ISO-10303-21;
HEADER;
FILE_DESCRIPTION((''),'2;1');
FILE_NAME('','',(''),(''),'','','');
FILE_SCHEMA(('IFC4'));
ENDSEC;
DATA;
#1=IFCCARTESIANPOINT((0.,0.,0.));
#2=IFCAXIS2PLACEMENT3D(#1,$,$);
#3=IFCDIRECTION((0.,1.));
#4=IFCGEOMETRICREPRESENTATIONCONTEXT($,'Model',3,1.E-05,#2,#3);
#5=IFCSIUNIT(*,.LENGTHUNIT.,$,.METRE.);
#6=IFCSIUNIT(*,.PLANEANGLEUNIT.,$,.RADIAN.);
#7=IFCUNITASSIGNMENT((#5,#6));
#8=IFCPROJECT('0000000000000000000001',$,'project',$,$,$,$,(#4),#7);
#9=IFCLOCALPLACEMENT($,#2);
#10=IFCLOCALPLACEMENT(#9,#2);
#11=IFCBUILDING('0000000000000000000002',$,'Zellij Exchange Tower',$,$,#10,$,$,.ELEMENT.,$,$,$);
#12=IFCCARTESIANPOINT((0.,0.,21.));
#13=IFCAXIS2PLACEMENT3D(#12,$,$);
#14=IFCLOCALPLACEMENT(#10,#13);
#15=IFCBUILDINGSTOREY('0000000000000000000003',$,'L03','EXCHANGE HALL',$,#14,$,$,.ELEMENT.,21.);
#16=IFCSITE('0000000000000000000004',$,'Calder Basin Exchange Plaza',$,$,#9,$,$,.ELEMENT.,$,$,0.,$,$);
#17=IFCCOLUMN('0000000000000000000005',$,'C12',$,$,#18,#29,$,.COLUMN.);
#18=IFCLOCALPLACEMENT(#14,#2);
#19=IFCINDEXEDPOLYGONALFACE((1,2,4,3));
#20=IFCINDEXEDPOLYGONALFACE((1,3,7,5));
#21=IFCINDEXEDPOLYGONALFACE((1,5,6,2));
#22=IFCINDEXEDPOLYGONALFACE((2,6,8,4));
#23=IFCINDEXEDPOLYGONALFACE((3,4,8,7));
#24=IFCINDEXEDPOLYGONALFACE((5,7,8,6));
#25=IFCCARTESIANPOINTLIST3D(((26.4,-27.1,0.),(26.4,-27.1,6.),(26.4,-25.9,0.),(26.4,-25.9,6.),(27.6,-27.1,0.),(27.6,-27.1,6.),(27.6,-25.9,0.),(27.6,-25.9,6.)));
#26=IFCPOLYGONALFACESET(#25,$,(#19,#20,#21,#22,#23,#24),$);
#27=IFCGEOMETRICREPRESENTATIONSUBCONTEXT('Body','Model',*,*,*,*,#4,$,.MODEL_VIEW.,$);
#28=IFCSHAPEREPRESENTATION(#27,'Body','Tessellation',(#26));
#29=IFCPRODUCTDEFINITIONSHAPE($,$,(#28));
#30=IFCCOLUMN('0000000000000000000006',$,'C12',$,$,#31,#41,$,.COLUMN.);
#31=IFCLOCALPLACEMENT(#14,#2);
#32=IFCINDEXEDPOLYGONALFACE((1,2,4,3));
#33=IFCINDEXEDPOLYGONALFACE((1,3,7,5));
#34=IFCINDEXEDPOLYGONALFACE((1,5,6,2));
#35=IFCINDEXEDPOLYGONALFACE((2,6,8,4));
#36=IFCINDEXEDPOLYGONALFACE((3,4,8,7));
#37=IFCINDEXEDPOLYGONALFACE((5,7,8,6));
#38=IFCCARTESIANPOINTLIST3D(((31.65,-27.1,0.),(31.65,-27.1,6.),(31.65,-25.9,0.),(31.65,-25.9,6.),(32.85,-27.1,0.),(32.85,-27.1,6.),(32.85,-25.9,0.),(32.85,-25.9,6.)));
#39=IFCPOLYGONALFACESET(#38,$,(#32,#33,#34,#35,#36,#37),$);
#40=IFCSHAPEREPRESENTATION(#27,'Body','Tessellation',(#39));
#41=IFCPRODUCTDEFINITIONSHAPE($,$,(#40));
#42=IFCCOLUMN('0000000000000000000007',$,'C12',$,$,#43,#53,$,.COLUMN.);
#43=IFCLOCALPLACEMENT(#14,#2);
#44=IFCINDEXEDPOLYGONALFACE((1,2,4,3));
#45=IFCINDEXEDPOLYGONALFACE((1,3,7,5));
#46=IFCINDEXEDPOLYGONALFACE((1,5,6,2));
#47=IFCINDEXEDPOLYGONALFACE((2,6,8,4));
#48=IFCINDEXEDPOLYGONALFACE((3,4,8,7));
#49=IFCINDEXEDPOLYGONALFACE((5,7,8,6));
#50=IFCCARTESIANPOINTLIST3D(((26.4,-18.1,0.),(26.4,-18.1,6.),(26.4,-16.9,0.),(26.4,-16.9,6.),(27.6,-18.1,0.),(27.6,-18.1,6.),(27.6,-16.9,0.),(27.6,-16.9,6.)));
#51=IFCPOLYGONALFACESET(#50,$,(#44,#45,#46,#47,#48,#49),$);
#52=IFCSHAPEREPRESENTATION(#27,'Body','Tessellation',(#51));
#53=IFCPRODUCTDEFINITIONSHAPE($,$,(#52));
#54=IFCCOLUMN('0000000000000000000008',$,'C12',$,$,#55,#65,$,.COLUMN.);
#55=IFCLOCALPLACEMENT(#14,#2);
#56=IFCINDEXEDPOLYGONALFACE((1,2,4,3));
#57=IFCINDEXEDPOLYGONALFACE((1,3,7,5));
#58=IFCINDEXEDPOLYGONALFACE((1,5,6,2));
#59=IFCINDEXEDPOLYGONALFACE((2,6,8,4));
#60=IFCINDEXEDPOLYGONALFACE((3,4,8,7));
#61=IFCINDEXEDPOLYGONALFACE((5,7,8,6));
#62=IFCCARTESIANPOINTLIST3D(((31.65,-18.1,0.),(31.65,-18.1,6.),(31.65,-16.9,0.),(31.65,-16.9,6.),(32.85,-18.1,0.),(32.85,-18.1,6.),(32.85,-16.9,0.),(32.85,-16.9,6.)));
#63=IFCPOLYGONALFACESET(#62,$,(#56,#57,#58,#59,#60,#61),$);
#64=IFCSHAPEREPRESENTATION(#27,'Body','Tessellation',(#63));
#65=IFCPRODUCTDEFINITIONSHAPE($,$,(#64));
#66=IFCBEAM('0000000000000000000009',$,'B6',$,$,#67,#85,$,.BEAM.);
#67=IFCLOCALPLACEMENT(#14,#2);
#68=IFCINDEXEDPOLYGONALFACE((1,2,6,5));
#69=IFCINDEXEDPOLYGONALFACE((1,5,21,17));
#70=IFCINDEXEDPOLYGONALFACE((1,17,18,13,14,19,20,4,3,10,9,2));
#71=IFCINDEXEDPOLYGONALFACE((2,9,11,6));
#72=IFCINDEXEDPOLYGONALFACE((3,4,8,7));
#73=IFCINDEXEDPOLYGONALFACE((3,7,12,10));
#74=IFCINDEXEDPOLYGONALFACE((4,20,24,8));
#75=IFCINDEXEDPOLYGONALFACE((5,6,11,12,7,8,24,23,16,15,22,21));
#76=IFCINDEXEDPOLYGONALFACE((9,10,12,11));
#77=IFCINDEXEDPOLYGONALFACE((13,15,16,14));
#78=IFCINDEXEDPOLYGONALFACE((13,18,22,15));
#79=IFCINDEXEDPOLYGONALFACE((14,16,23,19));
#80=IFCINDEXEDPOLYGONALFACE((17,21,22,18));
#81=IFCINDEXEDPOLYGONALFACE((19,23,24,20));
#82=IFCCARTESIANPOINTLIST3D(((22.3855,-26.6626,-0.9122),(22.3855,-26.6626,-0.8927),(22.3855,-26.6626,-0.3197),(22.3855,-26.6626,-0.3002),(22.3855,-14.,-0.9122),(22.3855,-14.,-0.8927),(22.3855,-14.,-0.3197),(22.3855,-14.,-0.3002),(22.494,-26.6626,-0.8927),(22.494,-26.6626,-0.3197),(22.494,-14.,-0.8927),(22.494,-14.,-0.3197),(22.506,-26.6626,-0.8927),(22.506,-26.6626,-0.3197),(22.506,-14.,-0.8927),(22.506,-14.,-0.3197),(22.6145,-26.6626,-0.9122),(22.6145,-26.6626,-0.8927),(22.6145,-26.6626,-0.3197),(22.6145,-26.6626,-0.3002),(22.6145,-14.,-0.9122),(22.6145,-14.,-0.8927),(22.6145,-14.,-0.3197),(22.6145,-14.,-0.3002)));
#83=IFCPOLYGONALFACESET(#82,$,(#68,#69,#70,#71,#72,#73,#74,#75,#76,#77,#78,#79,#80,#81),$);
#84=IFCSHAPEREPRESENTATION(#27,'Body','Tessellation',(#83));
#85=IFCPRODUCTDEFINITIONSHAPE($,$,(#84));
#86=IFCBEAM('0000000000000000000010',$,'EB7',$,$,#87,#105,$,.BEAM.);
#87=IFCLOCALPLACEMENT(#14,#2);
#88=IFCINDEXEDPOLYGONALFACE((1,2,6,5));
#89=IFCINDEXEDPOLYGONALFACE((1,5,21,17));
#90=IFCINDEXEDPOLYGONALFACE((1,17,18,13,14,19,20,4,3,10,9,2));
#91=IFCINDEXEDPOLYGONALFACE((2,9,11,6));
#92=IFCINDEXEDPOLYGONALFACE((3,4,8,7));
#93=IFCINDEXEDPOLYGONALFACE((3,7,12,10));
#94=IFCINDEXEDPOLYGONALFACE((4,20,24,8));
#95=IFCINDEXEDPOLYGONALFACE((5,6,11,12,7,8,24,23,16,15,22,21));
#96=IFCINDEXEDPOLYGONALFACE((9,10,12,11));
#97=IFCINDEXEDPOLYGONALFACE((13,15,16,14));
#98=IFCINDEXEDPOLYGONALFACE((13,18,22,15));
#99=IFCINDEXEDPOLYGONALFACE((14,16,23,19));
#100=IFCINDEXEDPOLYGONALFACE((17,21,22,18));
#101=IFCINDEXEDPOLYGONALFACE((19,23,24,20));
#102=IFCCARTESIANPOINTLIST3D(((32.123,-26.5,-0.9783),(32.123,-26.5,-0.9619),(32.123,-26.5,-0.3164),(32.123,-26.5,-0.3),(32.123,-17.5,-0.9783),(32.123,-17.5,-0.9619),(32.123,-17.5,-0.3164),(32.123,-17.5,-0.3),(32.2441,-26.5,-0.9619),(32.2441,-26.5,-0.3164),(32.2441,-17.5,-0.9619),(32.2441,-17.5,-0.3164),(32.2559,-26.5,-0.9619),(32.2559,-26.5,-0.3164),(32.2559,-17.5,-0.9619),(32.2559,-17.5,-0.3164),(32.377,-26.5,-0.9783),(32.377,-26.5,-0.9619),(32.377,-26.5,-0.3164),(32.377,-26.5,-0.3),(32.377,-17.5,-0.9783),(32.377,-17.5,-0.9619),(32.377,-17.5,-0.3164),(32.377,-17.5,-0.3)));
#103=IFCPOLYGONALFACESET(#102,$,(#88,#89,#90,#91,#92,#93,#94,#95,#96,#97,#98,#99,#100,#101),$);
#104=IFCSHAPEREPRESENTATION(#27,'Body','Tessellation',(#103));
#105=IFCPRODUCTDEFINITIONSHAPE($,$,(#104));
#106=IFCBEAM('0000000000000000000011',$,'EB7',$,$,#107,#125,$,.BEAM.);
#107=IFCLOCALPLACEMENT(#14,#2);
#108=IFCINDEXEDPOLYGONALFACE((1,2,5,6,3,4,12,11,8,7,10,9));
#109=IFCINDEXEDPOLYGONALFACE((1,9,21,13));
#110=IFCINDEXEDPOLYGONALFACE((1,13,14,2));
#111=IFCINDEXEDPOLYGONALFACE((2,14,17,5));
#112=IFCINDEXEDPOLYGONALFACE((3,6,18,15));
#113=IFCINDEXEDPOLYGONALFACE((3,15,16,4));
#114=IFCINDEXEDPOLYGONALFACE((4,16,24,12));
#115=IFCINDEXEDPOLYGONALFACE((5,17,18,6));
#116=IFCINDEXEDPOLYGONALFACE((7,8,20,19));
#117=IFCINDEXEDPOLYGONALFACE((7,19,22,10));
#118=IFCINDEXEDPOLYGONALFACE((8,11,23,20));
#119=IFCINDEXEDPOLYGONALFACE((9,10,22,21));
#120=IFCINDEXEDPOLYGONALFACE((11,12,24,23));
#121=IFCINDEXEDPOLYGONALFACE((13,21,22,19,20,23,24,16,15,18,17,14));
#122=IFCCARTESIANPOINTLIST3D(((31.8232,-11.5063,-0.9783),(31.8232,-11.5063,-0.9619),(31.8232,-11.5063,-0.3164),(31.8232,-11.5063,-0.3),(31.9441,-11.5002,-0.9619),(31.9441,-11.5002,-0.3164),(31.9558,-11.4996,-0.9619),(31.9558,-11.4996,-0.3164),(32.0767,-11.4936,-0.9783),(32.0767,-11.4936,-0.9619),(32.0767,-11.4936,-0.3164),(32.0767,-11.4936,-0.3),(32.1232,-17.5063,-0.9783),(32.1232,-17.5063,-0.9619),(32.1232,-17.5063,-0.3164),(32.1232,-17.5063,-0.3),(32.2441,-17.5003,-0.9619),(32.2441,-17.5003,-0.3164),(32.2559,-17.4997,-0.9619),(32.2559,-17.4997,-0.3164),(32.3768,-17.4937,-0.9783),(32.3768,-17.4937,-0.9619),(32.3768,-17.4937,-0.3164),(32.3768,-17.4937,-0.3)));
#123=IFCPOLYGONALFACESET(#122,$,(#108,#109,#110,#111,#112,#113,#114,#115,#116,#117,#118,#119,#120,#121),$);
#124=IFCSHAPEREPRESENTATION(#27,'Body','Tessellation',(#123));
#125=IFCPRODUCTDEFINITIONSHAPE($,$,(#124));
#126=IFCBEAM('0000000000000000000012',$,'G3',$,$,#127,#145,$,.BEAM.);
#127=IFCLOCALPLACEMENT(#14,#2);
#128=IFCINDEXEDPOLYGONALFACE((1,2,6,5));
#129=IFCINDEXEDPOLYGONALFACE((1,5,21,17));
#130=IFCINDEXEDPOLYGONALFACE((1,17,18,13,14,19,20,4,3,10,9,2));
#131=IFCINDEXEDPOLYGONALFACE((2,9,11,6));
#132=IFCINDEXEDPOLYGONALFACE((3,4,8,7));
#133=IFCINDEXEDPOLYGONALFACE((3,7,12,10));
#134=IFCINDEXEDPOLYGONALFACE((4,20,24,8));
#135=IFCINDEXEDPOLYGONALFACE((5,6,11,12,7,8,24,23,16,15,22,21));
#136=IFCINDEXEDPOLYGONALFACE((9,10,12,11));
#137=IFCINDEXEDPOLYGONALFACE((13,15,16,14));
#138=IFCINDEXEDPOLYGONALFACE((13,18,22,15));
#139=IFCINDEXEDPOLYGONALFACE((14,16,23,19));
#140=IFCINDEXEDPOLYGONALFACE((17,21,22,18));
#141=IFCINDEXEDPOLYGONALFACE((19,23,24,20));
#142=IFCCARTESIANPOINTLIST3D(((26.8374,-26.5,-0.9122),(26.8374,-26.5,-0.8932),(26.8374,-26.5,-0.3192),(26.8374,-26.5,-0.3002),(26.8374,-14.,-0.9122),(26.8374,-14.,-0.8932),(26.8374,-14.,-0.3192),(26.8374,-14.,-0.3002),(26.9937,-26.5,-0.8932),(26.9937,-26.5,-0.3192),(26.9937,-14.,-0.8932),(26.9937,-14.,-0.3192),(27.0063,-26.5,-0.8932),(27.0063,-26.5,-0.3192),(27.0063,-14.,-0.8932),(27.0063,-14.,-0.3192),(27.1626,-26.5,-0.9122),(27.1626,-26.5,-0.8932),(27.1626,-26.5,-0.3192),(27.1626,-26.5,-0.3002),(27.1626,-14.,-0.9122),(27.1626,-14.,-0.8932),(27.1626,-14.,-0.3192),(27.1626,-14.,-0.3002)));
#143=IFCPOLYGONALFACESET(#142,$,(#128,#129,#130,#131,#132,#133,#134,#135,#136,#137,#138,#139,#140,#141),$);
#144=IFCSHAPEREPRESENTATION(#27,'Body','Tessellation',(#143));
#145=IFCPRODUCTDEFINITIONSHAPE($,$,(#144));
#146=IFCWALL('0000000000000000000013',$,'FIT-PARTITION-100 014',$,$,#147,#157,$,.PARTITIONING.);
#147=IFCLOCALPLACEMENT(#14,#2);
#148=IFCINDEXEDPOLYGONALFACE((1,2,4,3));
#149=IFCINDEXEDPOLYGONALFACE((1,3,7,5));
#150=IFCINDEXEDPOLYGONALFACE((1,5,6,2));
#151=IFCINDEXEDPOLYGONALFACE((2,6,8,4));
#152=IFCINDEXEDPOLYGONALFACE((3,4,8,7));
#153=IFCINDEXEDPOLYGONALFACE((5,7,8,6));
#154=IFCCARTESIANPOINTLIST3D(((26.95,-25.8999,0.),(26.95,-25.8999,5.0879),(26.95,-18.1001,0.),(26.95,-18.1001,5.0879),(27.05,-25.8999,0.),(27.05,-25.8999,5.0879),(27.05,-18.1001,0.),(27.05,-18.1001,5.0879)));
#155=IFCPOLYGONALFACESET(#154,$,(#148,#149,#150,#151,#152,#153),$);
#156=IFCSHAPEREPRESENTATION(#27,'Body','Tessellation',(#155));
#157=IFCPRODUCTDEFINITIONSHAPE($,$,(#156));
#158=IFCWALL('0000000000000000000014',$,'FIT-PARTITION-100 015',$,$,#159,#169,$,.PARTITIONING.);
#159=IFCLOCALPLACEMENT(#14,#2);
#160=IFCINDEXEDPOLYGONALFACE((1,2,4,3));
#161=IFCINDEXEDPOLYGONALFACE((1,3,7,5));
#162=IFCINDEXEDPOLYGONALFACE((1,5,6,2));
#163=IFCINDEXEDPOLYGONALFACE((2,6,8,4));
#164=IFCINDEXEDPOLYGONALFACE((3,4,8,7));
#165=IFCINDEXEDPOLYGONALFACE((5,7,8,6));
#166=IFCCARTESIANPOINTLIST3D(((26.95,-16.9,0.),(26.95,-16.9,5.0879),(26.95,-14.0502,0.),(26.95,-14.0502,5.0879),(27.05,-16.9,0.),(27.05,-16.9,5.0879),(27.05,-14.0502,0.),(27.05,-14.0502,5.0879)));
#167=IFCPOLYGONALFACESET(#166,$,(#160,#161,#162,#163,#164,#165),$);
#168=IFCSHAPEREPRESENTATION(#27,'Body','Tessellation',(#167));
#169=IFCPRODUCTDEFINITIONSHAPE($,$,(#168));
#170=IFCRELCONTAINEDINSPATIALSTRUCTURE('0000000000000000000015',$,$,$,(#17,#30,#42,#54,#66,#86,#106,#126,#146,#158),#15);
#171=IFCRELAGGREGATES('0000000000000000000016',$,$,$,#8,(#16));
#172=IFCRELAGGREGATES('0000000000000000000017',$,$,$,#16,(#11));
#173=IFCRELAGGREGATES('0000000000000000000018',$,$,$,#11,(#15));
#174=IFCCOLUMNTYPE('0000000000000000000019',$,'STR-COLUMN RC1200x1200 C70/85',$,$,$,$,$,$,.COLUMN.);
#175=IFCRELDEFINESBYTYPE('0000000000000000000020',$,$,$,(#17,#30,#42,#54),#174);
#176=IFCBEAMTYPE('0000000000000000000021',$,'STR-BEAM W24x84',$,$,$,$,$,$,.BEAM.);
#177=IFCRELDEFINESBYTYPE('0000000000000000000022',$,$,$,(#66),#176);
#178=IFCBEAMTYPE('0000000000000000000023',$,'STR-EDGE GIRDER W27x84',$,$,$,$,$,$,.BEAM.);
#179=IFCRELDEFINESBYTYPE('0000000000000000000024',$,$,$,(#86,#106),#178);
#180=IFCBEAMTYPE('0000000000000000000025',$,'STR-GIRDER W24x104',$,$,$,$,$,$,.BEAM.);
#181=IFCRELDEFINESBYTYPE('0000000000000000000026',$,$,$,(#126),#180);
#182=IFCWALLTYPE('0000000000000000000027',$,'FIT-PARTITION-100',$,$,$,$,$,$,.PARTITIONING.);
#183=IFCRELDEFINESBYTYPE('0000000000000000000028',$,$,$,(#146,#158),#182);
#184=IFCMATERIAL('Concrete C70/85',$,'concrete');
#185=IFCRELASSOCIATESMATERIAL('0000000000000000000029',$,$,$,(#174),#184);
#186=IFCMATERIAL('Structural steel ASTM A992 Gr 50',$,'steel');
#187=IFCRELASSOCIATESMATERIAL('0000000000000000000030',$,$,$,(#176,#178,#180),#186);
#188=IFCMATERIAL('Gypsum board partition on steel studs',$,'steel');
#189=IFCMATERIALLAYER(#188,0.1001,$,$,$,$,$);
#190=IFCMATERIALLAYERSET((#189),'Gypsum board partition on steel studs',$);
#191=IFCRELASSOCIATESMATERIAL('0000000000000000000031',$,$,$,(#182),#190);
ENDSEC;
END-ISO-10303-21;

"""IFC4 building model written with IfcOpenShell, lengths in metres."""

from ifc_helpers import new_model, si_unit, direction, frame, frame_2d, origin, origin_2d, place, context, subcontext, project, spatial, rectangle, i_section, extrude, material, layer, layer_set, material_profile, profile_set, type_object, element, save


model = new_model("IFC4")

# Units and contexts
model_context = context("Model", 3, precision=1e-05, world=origin(), true_north=direction((0.0, 1.0)))
body_context = subcontext(model_context, "Body", "Model", "MODEL_VIEW")
ifc_project = project(units=[si_unit("LENGTHUNIT", "METRE"), si_unit("PLANEANGLEUNIT", "RADIAN")], contexts=[model_context])

# Site, building, storey
site_placement = place(None, origin())
site = spatial("IfcSite", under=ifc_project, at=site_placement, Name="Calder Basin Exchange Plaza", CompositionType="ELEMENT", RefElevation=0.0)
building_placement = place(site_placement, origin())
building = spatial("IfcBuilding", under=site, at=building_placement, Name="Zellij Exchange Tower", CompositionType="ELEMENT")
storey_placement = place(building_placement, frame((0.0, 0.0, 21.0)))
storey = spatial("IfcBuildingStorey", under=building, at=storey_placement, Name="L03", Description="EXCHANGE HALL", CompositionType="ELEMENT", Elevation=21.0)

# Columns
ifc_material_1 = material(Name="Concrete C70/85", Category="concrete")
ifc_material_profile_1 = material_profile(ifc_material_1, rectangle(XDim=1.2, YDim=1.2, at=origin_2d()), Name="STR-COLUMN RC1200x1200 C70/85")
ifc_profile_set_1 = profile_set([ifc_material_profile_1], Name="Concrete C70/85")
column_type = type_object("IfcColumnType", Name="STR-COLUMN RC1200x1200 C70/85", PredefinedType="COLUMN", material=ifc_profile_set_1)
for number, where, z_axis, x_axis, name in (
    (1, (27.0, -26.5, 0.0), (0.0, 0.0, 1.0), (1.0, 0.0, 0.0), "C12"),
    (2, (32.25, -26.5, 0.0), (0.0, 0.0, 1.0), (1.0, 0.0, 0.0), "C12"),
    (3, (27.0, -17.5, 0.0), (0.0, 0.0, 1.0), (1.0, 0.0, 0.0), "C12"),
    (4, (32.25, -17.5, 0.0), (0.0, 0.0, 1.0), (1.0, 0.0, 0.0), "C12"),
):
    element("IfcColumn", number, at=place(storey_placement, frame(where, z_axis=z_axis, x_axis=x_axis)), inside=storey, type_object=column_type, Name=name, PredefinedType="COLUMN", context=body_context, shape_type="SweptSolid", body=[
        extrude(rectangle(XDim=1.2, YDim=1.2, at=origin_2d()), origin(), (0.0, 0.0, 1.0), 6.0),
    ])

# Beams
ifc_material_2 = material(Name="Structural steel ASTM A992 Gr 50", Category="steel")
ifc_material_profile_2 = material_profile(ifc_material_2, i_section(OverallWidth=0.229, OverallDepth=0.6121, WebThickness=0.012, FlangeThickness=0.0195, at=origin_2d()), Name="W24x84")
ifc_profile_set_2 = profile_set([ifc_material_profile_2], Name="Structural steel ASTM A992 Gr 50")
beam_type_1 = type_object("IfcBeamType", Name="STR-BEAM W24x84", PredefinedType="BEAM", material=ifc_profile_set_2)
beam_1_placement = place(storey_placement, frame((22.5, -26.6626, -0.6062), z_axis=(0.0, 1.0, 0.0), x_axis=(-1.0, 0.0, 0.0)))
element("IfcBeam", 5, at=beam_1_placement, inside=storey, type_object=beam_type_1, Name="B6", PredefinedType="BEAM", context=body_context, shape_type="SweptSolid", body=[
    extrude(i_section(OverallWidth=0.229, OverallDepth=0.6121, WebThickness=0.012, FlangeThickness=0.0195, at=origin_2d()), origin(), (0.0, 0.0, 1.0), 12.6626),
])
ifc_material_profile_3 = material_profile(ifc_material_2, i_section(OverallWidth=0.2539, OverallDepth=0.6782, WebThickness=0.0117, FlangeThickness=0.0164, at=origin_2d()), Name="W27x84")
ifc_profile_set_3 = profile_set([ifc_material_profile_3], Name="Structural steel ASTM A992 Gr 50")
beam_type_2 = type_object("IfcBeamType", Name="STR-EDGE GIRDER W27x84", PredefinedType="BEAM", material=ifc_profile_set_3)
beam_2_placement = place(storey_placement, frame((32.25, -26.5, -0.6392), z_axis=(0.0, 1.0, 0.0), x_axis=(-1.0, 0.0, 0.0)))
element("IfcBeam", 6, at=beam_2_placement, inside=storey, type_object=beam_type_2, Name="EB7", PredefinedType="BEAM", context=body_context, shape_type="SweptSolid", body=[
    extrude(i_section(OverallWidth=0.2539, OverallDepth=0.6782, WebThickness=0.0117, FlangeThickness=0.0164, at=origin_2d()), origin(), (0.0, 0.0, 1.0), 9.0),
])
beam_3_placement = place(storey_placement, frame((32.25, -17.5, -0.6392), z_axis=(-0.049946, 0.998752, 0.0), x_axis=(-0.998752, -0.049946, 0.0)))
element("IfcBeam", 7, at=beam_3_placement, inside=storey, type_object=beam_type_2, Name="EB7", PredefinedType="BEAM", context=body_context, shape_type="SweptSolid", body=[
    extrude(i_section(OverallWidth=0.2539, OverallDepth=0.6782, WebThickness=0.0117, FlangeThickness=0.0164, at=origin_2d()), origin(), (0.0, 0.0, 1.0), 6.0076),
])
ifc_material_profile_4 = material_profile(ifc_material_2, i_section(OverallWidth=0.3252, OverallDepth=0.6121, WebThickness=0.0127, FlangeThickness=0.019, at=origin_2d()), Name="W24x104")
ifc_profile_set_4 = profile_set([ifc_material_profile_4], Name="Structural steel ASTM A992 Gr 50")
beam_type_3 = type_object("IfcBeamType", Name="STR-GIRDER W24x104", PredefinedType="BEAM", material=ifc_profile_set_4)
beam_4_placement = place(storey_placement, frame((27.0, -26.5, -0.6062), z_axis=(0.0, 1.0, 0.0), x_axis=(-1.0, 0.0, 0.0)))
element("IfcBeam", 8, at=beam_4_placement, inside=storey, type_object=beam_type_3, Name="G3", PredefinedType="BEAM", context=body_context, shape_type="SweptSolid", body=[
    extrude(i_section(OverallWidth=0.3252, OverallDepth=0.6121, WebThickness=0.0127, FlangeThickness=0.019, at=origin_2d()), origin(), (0.0, 0.0, 1.0), 12.5),
])

# Walls
ifc_material_3 = material(Name="Gypsum board partition on steel studs", Category="steel")
ifc_layer_1 = layer(ifc_material_3, 0.1001)
ifc_layer_set_1 = layer_set([ifc_layer_1], Name="Gypsum board partition on steel studs")
wall_type = type_object("IfcWallType", Name="FIT-PARTITION-100", PredefinedType="PARTITIONING", material=ifc_layer_set_1)
wall_1_placement = place(storey_placement, frame((27.0, -25.8999, 0.0), z_axis=(0.0, 0.0, 1.0), x_axis=(0.0, 1.0, 0.0)))
element("IfcWall", 9, at=wall_1_placement, inside=storey, type_object=wall_type, Name="FIT-PARTITION-100 014", PredefinedType="PARTITIONING", context=body_context, shape_type="SweptSolid", body=[
    extrude(rectangle(XDim=7.7998, YDim=0.1001, at=frame_2d((3.8999, 0.0))), origin(), (0.0, 0.0, 1.0), 5.0879),
])
wall_2_placement = place(storey_placement, frame((27.0, -16.8999, 0.0), z_axis=(0.0, 0.0, 1.0), x_axis=(0.0, 1.0, 0.0)))
element("IfcWall", 10, at=wall_2_placement, inside=storey, type_object=wall_type, Name="FIT-PARTITION-100 015", PredefinedType="PARTITIONING", context=body_context, shape_type="SweptSolid", body=[
    extrude(rectangle(XDim=2.8499, YDim=0.1001, at=frame_2d((1.4248, 0.0))), origin(), (0.0, 0.0, 1.0), 5.0879),
])

save(model, "model.ifc")
